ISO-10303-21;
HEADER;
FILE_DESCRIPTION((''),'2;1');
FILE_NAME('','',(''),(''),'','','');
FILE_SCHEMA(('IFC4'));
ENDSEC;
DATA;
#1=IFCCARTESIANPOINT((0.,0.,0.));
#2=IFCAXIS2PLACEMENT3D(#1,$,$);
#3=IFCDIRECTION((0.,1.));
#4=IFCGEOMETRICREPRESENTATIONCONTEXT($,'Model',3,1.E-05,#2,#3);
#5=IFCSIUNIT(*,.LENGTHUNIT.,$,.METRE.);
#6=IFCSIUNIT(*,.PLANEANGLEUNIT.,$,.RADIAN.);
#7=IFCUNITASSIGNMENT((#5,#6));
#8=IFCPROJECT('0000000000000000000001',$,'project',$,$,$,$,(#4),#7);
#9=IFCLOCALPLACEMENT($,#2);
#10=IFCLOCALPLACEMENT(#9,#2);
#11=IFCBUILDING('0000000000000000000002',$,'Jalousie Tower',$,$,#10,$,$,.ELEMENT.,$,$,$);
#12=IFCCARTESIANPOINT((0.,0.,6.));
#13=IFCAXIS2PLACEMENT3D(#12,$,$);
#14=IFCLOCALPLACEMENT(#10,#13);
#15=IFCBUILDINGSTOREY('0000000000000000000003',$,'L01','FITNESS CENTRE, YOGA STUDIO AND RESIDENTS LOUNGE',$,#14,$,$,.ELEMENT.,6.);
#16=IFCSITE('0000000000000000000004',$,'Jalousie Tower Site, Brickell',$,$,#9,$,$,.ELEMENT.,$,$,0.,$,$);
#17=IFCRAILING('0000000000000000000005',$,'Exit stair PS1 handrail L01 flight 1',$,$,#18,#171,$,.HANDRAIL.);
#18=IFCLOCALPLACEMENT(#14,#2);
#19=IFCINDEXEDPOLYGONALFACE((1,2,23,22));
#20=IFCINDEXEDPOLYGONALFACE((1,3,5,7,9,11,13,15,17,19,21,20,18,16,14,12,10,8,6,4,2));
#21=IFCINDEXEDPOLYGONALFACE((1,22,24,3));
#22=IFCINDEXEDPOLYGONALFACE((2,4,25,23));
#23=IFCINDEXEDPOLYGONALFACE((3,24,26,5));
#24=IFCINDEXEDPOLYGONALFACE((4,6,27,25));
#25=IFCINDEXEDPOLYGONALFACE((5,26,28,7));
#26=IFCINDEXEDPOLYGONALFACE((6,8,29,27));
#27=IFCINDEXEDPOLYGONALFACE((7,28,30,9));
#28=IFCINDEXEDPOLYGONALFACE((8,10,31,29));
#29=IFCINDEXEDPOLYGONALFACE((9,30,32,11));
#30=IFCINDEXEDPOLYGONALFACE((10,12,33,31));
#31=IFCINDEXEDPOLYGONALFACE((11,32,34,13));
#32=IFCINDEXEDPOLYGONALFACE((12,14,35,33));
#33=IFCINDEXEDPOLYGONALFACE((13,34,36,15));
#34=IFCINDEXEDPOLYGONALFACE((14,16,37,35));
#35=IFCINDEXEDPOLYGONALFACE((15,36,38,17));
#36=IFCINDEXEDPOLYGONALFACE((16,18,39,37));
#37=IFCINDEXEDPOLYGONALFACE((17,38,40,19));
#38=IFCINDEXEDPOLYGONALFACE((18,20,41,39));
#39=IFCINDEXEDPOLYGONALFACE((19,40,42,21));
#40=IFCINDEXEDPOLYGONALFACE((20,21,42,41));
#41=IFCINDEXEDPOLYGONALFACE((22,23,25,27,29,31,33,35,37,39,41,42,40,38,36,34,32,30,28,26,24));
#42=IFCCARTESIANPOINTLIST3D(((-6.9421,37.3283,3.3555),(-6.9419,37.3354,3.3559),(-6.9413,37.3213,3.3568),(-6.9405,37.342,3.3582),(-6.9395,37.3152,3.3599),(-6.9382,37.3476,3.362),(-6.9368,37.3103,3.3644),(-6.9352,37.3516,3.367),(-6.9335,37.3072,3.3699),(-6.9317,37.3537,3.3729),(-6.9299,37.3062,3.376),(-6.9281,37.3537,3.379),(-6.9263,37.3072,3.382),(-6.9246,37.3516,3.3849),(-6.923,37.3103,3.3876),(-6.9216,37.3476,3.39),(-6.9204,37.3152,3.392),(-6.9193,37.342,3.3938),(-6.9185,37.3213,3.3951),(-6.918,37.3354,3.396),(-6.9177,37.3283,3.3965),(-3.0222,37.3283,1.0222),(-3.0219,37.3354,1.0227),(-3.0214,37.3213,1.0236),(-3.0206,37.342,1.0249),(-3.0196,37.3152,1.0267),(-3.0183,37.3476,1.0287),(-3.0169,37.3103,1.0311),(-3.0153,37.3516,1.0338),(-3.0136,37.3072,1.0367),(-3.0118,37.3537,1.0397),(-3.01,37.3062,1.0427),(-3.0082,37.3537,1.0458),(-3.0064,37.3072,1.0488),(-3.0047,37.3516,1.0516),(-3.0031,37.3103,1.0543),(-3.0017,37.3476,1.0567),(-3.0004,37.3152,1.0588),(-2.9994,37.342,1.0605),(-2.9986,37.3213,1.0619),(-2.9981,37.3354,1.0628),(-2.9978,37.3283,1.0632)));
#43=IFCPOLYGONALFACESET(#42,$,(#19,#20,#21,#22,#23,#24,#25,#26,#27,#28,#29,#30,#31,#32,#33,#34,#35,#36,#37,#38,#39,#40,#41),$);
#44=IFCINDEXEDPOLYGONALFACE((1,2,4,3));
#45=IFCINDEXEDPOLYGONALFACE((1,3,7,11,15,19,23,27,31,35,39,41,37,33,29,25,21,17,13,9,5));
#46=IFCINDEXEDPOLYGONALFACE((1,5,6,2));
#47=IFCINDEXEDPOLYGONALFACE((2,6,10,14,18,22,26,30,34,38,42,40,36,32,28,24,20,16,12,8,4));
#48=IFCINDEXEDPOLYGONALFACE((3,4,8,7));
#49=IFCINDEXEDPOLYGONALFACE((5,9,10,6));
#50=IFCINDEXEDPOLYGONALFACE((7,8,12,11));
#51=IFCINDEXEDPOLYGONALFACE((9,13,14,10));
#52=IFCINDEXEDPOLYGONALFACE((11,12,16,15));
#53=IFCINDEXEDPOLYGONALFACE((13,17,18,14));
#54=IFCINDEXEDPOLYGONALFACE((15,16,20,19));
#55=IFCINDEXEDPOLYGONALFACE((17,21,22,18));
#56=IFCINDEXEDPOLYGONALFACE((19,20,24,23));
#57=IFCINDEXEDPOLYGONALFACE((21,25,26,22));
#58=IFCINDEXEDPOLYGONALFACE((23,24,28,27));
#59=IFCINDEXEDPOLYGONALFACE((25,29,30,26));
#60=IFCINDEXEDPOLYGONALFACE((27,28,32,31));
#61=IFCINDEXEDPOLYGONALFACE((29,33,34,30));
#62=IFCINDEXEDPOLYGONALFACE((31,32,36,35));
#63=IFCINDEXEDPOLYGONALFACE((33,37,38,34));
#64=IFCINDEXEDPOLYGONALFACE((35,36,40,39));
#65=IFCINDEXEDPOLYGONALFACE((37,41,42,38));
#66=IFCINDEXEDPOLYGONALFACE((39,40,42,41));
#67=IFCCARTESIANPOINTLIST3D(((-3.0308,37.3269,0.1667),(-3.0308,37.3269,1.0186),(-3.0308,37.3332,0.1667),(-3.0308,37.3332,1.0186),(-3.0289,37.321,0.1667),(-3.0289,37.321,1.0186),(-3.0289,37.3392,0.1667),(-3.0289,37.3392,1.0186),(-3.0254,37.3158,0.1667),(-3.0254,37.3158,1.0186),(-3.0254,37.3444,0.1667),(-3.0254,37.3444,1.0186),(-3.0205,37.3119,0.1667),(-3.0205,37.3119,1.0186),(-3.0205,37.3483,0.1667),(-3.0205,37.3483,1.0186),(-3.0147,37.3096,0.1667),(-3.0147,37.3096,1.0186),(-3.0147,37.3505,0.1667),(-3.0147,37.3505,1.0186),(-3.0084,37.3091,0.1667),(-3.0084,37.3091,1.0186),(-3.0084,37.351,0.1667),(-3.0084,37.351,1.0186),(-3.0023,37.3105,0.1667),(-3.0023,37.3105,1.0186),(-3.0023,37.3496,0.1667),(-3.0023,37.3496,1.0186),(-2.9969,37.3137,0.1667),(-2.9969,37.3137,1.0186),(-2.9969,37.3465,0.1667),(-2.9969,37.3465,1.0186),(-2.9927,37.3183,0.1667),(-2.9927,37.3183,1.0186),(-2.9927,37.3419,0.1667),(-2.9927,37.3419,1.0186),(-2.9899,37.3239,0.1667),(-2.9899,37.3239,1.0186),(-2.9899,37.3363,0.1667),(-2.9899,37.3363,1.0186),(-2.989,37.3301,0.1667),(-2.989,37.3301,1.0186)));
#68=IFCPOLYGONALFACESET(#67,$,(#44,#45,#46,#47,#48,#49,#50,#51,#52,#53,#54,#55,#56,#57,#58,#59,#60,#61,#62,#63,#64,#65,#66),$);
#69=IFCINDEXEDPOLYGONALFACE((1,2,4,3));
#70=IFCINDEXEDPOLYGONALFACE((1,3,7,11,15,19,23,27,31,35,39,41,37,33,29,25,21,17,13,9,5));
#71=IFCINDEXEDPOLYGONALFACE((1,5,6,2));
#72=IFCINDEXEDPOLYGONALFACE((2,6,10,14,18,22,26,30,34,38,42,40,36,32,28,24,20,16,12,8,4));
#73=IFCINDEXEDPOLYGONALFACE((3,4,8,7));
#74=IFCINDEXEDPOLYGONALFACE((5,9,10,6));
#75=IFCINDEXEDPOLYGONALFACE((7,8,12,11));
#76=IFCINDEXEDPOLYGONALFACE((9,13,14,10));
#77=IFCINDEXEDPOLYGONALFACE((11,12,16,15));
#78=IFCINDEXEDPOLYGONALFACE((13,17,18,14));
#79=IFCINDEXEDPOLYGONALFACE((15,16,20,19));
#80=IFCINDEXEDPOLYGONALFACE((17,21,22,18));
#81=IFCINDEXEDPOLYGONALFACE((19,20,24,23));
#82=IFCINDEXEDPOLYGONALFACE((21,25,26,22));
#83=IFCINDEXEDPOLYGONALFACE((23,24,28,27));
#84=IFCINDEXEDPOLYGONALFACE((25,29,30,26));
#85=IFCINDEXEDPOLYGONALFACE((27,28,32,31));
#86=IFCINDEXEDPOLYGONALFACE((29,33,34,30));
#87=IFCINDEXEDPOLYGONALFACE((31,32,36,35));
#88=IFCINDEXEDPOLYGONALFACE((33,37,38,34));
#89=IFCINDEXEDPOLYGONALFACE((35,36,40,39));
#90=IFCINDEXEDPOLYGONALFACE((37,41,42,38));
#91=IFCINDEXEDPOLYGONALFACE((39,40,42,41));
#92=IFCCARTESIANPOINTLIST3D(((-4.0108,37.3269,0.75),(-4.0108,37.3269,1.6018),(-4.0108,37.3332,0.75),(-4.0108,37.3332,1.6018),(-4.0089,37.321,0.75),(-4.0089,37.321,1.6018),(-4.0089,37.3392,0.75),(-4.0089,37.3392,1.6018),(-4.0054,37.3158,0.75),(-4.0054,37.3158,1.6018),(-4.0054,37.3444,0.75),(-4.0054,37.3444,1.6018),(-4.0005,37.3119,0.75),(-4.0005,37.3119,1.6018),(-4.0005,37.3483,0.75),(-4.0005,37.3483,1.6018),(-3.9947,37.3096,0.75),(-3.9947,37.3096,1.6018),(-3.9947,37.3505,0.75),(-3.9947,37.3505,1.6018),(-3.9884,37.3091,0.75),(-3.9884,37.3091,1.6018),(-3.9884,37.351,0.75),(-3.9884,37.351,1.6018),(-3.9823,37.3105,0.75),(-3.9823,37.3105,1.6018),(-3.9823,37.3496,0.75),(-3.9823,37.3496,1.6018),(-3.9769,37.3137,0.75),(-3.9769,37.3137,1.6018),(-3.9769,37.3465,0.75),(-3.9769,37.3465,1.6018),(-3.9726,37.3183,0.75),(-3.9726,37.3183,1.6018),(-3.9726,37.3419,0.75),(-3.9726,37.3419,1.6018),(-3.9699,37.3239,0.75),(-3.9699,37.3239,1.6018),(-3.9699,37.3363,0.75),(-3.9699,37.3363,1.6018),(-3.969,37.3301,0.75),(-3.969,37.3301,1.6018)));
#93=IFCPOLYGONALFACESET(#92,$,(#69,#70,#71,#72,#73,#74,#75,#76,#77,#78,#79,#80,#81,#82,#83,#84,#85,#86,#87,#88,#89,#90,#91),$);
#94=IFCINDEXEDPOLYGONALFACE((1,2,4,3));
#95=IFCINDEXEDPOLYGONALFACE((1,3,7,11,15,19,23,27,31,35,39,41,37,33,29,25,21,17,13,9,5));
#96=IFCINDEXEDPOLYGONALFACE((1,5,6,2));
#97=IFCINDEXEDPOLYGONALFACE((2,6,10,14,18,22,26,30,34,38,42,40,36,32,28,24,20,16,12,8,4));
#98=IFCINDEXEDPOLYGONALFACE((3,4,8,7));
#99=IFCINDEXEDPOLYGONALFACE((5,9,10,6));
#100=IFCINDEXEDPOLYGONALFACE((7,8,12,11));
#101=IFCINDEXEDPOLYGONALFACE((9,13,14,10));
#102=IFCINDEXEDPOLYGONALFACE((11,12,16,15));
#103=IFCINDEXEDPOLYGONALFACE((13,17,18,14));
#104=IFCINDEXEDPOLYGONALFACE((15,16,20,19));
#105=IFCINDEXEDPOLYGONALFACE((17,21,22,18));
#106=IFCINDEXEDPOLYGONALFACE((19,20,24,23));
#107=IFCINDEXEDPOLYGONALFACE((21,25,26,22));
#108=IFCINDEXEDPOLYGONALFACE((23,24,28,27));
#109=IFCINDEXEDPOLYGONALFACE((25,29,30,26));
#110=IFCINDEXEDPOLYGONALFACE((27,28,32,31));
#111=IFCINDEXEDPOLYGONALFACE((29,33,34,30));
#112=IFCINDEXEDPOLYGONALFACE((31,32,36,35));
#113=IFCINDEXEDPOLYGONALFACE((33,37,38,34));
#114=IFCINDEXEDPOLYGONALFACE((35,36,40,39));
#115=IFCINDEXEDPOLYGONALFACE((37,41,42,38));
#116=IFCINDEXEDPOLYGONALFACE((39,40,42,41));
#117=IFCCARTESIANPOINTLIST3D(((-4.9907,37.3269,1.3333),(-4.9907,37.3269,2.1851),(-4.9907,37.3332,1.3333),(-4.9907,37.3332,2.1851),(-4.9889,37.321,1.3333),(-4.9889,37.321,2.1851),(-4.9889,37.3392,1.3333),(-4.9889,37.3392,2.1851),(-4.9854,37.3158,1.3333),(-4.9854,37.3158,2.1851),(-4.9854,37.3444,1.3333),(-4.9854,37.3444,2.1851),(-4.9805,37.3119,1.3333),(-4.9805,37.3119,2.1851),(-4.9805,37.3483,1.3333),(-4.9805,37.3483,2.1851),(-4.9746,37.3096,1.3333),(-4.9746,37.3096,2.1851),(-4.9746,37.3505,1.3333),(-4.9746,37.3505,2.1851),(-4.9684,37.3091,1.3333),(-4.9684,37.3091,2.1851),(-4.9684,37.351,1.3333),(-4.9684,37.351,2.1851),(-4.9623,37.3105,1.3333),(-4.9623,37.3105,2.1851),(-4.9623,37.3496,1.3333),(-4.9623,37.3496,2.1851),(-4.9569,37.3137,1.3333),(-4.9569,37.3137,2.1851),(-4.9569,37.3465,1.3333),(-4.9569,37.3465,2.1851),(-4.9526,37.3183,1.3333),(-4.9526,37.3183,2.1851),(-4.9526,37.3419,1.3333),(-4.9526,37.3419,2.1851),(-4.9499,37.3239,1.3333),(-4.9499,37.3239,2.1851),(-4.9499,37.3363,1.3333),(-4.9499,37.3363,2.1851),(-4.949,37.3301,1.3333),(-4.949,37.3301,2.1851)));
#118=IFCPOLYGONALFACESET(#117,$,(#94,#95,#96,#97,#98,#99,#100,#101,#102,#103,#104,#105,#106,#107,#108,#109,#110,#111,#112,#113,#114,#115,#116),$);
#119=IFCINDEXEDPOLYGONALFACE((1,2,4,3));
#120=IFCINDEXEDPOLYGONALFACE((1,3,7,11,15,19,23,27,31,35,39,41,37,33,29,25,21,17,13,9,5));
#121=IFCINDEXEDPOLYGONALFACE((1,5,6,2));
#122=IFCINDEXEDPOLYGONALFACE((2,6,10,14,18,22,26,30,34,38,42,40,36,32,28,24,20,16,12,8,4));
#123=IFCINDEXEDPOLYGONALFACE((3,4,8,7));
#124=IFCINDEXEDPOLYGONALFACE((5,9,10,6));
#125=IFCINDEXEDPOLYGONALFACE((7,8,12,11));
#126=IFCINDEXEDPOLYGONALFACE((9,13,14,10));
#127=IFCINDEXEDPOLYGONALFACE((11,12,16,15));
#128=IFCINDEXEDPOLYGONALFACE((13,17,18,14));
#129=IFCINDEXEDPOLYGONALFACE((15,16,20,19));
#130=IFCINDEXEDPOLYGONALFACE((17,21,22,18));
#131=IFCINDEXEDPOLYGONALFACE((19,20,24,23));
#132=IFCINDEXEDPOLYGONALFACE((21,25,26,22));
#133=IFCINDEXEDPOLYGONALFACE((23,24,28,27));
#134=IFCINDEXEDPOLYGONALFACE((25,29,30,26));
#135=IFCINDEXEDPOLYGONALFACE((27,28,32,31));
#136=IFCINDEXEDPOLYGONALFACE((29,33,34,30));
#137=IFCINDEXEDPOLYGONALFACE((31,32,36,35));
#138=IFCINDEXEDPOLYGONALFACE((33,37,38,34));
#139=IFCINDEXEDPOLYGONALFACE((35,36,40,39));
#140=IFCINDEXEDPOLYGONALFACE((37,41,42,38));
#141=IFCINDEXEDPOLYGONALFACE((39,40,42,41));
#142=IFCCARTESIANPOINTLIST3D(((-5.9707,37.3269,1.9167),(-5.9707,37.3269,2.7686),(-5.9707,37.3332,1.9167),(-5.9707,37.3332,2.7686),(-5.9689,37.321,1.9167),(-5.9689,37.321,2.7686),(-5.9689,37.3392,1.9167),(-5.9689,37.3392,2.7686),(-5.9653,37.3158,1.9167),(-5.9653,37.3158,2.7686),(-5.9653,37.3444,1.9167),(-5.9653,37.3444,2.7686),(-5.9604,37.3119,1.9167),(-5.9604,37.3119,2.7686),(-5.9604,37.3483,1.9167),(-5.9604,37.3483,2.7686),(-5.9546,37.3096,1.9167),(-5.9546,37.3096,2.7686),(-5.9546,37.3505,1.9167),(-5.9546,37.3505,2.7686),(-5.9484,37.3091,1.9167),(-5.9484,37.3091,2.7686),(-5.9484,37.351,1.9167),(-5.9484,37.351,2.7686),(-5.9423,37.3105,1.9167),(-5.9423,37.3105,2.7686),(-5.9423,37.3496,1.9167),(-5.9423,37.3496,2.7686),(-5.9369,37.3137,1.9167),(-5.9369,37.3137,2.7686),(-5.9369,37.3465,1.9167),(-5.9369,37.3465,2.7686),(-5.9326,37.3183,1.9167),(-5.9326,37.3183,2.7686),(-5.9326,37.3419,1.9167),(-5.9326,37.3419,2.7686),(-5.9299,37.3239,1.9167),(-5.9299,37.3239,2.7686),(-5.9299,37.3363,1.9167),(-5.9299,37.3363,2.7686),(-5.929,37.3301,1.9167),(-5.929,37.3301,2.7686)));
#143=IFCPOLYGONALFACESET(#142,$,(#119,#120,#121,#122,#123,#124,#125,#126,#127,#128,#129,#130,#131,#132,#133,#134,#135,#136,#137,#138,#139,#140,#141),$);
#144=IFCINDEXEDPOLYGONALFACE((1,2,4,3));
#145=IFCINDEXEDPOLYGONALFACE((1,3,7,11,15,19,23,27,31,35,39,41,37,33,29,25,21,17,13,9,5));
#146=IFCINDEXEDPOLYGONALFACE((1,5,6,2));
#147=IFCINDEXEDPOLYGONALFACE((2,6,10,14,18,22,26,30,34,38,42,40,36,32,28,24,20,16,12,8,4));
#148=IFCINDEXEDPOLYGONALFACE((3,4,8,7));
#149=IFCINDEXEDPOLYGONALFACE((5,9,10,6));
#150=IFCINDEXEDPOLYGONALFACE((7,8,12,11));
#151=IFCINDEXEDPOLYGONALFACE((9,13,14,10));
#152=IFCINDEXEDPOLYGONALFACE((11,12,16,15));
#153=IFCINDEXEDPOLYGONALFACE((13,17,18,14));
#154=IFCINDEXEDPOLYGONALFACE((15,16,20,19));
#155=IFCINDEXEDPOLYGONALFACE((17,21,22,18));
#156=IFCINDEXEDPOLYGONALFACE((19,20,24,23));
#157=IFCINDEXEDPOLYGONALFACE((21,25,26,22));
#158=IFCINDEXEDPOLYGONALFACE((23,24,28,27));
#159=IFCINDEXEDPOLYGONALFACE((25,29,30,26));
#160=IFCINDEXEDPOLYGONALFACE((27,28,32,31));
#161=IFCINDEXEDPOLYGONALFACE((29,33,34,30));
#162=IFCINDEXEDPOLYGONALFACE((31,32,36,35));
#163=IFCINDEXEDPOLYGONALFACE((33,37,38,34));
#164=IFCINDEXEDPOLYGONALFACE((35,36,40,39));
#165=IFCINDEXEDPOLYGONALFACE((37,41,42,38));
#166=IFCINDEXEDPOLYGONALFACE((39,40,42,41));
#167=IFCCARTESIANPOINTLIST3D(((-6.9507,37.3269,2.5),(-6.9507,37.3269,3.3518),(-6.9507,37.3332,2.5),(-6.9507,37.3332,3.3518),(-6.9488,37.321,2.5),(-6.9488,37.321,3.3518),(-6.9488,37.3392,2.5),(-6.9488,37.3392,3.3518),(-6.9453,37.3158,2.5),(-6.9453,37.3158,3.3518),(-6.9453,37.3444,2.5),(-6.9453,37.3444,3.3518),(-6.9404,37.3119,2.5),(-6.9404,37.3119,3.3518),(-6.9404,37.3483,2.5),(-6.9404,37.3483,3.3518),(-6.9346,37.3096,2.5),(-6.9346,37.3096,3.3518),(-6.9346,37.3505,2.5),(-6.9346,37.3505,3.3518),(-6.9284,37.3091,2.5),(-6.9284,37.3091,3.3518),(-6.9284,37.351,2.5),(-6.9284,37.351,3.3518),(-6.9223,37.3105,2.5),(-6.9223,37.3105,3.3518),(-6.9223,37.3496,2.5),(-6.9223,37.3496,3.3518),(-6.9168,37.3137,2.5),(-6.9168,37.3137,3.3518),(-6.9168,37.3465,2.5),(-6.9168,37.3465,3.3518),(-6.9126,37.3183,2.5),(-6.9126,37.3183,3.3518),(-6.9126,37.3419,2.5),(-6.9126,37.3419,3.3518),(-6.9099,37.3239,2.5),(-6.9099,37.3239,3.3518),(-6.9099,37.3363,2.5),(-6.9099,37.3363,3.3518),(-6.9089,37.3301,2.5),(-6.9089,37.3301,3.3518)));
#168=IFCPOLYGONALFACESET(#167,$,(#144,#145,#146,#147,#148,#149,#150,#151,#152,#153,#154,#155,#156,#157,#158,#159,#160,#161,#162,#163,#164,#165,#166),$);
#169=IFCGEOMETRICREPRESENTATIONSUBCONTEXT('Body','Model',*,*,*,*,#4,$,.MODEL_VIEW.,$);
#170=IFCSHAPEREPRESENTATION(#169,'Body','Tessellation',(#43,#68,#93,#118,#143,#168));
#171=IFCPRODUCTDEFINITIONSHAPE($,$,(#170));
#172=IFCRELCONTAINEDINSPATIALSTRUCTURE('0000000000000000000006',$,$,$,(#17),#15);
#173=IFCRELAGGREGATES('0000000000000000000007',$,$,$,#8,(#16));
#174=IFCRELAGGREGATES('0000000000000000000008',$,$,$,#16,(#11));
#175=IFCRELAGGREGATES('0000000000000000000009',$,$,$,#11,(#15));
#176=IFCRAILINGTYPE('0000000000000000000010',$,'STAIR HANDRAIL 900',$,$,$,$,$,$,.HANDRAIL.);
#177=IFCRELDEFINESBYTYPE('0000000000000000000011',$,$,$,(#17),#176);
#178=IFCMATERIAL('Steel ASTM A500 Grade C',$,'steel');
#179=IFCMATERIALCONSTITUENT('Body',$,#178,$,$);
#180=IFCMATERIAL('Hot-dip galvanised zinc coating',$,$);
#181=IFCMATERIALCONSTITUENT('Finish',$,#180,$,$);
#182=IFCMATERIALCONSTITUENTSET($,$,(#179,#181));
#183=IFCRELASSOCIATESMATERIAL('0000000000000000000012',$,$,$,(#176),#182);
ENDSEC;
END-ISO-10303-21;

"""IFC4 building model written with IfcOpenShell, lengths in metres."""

from ifc_helpers import new_model, si_unit, direction, frame, origin, origin_2d, place, context, subcontext, project, spatial, circle, extrude, material, constituent, constituent_set, type_object, element, save


model = new_model("IFC4")

# Units and contexts
model_context = context("Model", 3, precision=1e-05, world=origin(), true_north=direction((0.0, 1.0)))
body_context = subcontext(model_context, "Body", "Model", "MODEL_VIEW")
ifc_project = project(units=[si_unit("LENGTHUNIT", "METRE"), si_unit("PLANEANGLEUNIT", "RADIAN")], contexts=[model_context])

# Site, building, storey
site_placement = place(None, origin())
site = spatial("IfcSite", under=ifc_project, at=site_placement, Name="Jalousie Tower Site, Brickell", CompositionType="ELEMENT", RefElevation=0.0)
building_placement = place(site_placement, origin())
building = spatial("IfcBuilding", under=site, at=building_placement, Name="Jalousie Tower", CompositionType="ELEMENT")
storey_placement = place(building_placement, frame((0.0, 0.0, 6.0)))
storey = spatial("IfcBuildingStorey", under=building, at=storey_placement, Name="L01", Description="FITNESS CENTRE, YOGA STUDIO AND RESIDENTS LOUNGE", CompositionType="ELEMENT", Elevation=6.0)

# Railing
ifc_material_1 = material(Name="Steel ASTM A500 Grade C", Category="steel")
ifc_constituent_1 = constituent(ifc_material_1, Name="Body")
ifc_material_2 = material(Name="Hot-dip galvanised zinc coating")
ifc_constituent_2 = constituent(ifc_material_2, Name="Finish")
ifc_constituent_set_1 = constituent_set(constituents=[ifc_constituent_1, ifc_constituent_2])
railing_type_1 = type_object("IfcRailingType", Name="STAIR HANDRAIL 900", PredefinedType="HANDRAIL", material=ifc_constituent_set_1)
railing_1_placement = place(storey_placement, frame((-3.01, 37.3301, 0.1667)))
element("IfcRailing", 1, at=railing_1_placement, inside=storey, type_object=railing_type_1, Name="Exit stair PS1 handrail L01 flight 1", PredefinedType="HANDRAIL", context=body_context, shape_type="SweptSolid", body=[
    extrude(circle(Radius=0.0239, at=origin_2d()), frame((0.0, 0.0, 0.876), z_axis=(-0.859296, 0.0, 0.511478), x_axis=(0.0, -1.0, 0.0)), (0.0, 0.0, 1.0), 4.5618),
    extrude(circle(Radius=0.021, at=origin_2d()), origin(), (0.0, 0.0, 1.0), 0.8518),
    extrude(circle(Radius=0.021, at=origin_2d()), frame((-0.98, 0.0, 0.5833)), (0.0, 0.0, 1.0), 0.8518),
    extrude(circle(Radius=0.021, at=origin_2d()), frame((-1.96, 0.0, 1.1665)), (0.0, 0.0, 1.0), 0.8518),
    extrude(circle(Radius=0.021, at=origin_2d()), frame((-2.9399, 0.0, 1.75)), (0.0, 0.0, 1.0), 0.8518),
    extrude(circle(Radius=0.021, at=origin_2d()), frame((-3.9199, 0.0, 2.3333)), (0.0, 0.0, 1.0), 0.8518),
])

save(model, "model.ifc")
